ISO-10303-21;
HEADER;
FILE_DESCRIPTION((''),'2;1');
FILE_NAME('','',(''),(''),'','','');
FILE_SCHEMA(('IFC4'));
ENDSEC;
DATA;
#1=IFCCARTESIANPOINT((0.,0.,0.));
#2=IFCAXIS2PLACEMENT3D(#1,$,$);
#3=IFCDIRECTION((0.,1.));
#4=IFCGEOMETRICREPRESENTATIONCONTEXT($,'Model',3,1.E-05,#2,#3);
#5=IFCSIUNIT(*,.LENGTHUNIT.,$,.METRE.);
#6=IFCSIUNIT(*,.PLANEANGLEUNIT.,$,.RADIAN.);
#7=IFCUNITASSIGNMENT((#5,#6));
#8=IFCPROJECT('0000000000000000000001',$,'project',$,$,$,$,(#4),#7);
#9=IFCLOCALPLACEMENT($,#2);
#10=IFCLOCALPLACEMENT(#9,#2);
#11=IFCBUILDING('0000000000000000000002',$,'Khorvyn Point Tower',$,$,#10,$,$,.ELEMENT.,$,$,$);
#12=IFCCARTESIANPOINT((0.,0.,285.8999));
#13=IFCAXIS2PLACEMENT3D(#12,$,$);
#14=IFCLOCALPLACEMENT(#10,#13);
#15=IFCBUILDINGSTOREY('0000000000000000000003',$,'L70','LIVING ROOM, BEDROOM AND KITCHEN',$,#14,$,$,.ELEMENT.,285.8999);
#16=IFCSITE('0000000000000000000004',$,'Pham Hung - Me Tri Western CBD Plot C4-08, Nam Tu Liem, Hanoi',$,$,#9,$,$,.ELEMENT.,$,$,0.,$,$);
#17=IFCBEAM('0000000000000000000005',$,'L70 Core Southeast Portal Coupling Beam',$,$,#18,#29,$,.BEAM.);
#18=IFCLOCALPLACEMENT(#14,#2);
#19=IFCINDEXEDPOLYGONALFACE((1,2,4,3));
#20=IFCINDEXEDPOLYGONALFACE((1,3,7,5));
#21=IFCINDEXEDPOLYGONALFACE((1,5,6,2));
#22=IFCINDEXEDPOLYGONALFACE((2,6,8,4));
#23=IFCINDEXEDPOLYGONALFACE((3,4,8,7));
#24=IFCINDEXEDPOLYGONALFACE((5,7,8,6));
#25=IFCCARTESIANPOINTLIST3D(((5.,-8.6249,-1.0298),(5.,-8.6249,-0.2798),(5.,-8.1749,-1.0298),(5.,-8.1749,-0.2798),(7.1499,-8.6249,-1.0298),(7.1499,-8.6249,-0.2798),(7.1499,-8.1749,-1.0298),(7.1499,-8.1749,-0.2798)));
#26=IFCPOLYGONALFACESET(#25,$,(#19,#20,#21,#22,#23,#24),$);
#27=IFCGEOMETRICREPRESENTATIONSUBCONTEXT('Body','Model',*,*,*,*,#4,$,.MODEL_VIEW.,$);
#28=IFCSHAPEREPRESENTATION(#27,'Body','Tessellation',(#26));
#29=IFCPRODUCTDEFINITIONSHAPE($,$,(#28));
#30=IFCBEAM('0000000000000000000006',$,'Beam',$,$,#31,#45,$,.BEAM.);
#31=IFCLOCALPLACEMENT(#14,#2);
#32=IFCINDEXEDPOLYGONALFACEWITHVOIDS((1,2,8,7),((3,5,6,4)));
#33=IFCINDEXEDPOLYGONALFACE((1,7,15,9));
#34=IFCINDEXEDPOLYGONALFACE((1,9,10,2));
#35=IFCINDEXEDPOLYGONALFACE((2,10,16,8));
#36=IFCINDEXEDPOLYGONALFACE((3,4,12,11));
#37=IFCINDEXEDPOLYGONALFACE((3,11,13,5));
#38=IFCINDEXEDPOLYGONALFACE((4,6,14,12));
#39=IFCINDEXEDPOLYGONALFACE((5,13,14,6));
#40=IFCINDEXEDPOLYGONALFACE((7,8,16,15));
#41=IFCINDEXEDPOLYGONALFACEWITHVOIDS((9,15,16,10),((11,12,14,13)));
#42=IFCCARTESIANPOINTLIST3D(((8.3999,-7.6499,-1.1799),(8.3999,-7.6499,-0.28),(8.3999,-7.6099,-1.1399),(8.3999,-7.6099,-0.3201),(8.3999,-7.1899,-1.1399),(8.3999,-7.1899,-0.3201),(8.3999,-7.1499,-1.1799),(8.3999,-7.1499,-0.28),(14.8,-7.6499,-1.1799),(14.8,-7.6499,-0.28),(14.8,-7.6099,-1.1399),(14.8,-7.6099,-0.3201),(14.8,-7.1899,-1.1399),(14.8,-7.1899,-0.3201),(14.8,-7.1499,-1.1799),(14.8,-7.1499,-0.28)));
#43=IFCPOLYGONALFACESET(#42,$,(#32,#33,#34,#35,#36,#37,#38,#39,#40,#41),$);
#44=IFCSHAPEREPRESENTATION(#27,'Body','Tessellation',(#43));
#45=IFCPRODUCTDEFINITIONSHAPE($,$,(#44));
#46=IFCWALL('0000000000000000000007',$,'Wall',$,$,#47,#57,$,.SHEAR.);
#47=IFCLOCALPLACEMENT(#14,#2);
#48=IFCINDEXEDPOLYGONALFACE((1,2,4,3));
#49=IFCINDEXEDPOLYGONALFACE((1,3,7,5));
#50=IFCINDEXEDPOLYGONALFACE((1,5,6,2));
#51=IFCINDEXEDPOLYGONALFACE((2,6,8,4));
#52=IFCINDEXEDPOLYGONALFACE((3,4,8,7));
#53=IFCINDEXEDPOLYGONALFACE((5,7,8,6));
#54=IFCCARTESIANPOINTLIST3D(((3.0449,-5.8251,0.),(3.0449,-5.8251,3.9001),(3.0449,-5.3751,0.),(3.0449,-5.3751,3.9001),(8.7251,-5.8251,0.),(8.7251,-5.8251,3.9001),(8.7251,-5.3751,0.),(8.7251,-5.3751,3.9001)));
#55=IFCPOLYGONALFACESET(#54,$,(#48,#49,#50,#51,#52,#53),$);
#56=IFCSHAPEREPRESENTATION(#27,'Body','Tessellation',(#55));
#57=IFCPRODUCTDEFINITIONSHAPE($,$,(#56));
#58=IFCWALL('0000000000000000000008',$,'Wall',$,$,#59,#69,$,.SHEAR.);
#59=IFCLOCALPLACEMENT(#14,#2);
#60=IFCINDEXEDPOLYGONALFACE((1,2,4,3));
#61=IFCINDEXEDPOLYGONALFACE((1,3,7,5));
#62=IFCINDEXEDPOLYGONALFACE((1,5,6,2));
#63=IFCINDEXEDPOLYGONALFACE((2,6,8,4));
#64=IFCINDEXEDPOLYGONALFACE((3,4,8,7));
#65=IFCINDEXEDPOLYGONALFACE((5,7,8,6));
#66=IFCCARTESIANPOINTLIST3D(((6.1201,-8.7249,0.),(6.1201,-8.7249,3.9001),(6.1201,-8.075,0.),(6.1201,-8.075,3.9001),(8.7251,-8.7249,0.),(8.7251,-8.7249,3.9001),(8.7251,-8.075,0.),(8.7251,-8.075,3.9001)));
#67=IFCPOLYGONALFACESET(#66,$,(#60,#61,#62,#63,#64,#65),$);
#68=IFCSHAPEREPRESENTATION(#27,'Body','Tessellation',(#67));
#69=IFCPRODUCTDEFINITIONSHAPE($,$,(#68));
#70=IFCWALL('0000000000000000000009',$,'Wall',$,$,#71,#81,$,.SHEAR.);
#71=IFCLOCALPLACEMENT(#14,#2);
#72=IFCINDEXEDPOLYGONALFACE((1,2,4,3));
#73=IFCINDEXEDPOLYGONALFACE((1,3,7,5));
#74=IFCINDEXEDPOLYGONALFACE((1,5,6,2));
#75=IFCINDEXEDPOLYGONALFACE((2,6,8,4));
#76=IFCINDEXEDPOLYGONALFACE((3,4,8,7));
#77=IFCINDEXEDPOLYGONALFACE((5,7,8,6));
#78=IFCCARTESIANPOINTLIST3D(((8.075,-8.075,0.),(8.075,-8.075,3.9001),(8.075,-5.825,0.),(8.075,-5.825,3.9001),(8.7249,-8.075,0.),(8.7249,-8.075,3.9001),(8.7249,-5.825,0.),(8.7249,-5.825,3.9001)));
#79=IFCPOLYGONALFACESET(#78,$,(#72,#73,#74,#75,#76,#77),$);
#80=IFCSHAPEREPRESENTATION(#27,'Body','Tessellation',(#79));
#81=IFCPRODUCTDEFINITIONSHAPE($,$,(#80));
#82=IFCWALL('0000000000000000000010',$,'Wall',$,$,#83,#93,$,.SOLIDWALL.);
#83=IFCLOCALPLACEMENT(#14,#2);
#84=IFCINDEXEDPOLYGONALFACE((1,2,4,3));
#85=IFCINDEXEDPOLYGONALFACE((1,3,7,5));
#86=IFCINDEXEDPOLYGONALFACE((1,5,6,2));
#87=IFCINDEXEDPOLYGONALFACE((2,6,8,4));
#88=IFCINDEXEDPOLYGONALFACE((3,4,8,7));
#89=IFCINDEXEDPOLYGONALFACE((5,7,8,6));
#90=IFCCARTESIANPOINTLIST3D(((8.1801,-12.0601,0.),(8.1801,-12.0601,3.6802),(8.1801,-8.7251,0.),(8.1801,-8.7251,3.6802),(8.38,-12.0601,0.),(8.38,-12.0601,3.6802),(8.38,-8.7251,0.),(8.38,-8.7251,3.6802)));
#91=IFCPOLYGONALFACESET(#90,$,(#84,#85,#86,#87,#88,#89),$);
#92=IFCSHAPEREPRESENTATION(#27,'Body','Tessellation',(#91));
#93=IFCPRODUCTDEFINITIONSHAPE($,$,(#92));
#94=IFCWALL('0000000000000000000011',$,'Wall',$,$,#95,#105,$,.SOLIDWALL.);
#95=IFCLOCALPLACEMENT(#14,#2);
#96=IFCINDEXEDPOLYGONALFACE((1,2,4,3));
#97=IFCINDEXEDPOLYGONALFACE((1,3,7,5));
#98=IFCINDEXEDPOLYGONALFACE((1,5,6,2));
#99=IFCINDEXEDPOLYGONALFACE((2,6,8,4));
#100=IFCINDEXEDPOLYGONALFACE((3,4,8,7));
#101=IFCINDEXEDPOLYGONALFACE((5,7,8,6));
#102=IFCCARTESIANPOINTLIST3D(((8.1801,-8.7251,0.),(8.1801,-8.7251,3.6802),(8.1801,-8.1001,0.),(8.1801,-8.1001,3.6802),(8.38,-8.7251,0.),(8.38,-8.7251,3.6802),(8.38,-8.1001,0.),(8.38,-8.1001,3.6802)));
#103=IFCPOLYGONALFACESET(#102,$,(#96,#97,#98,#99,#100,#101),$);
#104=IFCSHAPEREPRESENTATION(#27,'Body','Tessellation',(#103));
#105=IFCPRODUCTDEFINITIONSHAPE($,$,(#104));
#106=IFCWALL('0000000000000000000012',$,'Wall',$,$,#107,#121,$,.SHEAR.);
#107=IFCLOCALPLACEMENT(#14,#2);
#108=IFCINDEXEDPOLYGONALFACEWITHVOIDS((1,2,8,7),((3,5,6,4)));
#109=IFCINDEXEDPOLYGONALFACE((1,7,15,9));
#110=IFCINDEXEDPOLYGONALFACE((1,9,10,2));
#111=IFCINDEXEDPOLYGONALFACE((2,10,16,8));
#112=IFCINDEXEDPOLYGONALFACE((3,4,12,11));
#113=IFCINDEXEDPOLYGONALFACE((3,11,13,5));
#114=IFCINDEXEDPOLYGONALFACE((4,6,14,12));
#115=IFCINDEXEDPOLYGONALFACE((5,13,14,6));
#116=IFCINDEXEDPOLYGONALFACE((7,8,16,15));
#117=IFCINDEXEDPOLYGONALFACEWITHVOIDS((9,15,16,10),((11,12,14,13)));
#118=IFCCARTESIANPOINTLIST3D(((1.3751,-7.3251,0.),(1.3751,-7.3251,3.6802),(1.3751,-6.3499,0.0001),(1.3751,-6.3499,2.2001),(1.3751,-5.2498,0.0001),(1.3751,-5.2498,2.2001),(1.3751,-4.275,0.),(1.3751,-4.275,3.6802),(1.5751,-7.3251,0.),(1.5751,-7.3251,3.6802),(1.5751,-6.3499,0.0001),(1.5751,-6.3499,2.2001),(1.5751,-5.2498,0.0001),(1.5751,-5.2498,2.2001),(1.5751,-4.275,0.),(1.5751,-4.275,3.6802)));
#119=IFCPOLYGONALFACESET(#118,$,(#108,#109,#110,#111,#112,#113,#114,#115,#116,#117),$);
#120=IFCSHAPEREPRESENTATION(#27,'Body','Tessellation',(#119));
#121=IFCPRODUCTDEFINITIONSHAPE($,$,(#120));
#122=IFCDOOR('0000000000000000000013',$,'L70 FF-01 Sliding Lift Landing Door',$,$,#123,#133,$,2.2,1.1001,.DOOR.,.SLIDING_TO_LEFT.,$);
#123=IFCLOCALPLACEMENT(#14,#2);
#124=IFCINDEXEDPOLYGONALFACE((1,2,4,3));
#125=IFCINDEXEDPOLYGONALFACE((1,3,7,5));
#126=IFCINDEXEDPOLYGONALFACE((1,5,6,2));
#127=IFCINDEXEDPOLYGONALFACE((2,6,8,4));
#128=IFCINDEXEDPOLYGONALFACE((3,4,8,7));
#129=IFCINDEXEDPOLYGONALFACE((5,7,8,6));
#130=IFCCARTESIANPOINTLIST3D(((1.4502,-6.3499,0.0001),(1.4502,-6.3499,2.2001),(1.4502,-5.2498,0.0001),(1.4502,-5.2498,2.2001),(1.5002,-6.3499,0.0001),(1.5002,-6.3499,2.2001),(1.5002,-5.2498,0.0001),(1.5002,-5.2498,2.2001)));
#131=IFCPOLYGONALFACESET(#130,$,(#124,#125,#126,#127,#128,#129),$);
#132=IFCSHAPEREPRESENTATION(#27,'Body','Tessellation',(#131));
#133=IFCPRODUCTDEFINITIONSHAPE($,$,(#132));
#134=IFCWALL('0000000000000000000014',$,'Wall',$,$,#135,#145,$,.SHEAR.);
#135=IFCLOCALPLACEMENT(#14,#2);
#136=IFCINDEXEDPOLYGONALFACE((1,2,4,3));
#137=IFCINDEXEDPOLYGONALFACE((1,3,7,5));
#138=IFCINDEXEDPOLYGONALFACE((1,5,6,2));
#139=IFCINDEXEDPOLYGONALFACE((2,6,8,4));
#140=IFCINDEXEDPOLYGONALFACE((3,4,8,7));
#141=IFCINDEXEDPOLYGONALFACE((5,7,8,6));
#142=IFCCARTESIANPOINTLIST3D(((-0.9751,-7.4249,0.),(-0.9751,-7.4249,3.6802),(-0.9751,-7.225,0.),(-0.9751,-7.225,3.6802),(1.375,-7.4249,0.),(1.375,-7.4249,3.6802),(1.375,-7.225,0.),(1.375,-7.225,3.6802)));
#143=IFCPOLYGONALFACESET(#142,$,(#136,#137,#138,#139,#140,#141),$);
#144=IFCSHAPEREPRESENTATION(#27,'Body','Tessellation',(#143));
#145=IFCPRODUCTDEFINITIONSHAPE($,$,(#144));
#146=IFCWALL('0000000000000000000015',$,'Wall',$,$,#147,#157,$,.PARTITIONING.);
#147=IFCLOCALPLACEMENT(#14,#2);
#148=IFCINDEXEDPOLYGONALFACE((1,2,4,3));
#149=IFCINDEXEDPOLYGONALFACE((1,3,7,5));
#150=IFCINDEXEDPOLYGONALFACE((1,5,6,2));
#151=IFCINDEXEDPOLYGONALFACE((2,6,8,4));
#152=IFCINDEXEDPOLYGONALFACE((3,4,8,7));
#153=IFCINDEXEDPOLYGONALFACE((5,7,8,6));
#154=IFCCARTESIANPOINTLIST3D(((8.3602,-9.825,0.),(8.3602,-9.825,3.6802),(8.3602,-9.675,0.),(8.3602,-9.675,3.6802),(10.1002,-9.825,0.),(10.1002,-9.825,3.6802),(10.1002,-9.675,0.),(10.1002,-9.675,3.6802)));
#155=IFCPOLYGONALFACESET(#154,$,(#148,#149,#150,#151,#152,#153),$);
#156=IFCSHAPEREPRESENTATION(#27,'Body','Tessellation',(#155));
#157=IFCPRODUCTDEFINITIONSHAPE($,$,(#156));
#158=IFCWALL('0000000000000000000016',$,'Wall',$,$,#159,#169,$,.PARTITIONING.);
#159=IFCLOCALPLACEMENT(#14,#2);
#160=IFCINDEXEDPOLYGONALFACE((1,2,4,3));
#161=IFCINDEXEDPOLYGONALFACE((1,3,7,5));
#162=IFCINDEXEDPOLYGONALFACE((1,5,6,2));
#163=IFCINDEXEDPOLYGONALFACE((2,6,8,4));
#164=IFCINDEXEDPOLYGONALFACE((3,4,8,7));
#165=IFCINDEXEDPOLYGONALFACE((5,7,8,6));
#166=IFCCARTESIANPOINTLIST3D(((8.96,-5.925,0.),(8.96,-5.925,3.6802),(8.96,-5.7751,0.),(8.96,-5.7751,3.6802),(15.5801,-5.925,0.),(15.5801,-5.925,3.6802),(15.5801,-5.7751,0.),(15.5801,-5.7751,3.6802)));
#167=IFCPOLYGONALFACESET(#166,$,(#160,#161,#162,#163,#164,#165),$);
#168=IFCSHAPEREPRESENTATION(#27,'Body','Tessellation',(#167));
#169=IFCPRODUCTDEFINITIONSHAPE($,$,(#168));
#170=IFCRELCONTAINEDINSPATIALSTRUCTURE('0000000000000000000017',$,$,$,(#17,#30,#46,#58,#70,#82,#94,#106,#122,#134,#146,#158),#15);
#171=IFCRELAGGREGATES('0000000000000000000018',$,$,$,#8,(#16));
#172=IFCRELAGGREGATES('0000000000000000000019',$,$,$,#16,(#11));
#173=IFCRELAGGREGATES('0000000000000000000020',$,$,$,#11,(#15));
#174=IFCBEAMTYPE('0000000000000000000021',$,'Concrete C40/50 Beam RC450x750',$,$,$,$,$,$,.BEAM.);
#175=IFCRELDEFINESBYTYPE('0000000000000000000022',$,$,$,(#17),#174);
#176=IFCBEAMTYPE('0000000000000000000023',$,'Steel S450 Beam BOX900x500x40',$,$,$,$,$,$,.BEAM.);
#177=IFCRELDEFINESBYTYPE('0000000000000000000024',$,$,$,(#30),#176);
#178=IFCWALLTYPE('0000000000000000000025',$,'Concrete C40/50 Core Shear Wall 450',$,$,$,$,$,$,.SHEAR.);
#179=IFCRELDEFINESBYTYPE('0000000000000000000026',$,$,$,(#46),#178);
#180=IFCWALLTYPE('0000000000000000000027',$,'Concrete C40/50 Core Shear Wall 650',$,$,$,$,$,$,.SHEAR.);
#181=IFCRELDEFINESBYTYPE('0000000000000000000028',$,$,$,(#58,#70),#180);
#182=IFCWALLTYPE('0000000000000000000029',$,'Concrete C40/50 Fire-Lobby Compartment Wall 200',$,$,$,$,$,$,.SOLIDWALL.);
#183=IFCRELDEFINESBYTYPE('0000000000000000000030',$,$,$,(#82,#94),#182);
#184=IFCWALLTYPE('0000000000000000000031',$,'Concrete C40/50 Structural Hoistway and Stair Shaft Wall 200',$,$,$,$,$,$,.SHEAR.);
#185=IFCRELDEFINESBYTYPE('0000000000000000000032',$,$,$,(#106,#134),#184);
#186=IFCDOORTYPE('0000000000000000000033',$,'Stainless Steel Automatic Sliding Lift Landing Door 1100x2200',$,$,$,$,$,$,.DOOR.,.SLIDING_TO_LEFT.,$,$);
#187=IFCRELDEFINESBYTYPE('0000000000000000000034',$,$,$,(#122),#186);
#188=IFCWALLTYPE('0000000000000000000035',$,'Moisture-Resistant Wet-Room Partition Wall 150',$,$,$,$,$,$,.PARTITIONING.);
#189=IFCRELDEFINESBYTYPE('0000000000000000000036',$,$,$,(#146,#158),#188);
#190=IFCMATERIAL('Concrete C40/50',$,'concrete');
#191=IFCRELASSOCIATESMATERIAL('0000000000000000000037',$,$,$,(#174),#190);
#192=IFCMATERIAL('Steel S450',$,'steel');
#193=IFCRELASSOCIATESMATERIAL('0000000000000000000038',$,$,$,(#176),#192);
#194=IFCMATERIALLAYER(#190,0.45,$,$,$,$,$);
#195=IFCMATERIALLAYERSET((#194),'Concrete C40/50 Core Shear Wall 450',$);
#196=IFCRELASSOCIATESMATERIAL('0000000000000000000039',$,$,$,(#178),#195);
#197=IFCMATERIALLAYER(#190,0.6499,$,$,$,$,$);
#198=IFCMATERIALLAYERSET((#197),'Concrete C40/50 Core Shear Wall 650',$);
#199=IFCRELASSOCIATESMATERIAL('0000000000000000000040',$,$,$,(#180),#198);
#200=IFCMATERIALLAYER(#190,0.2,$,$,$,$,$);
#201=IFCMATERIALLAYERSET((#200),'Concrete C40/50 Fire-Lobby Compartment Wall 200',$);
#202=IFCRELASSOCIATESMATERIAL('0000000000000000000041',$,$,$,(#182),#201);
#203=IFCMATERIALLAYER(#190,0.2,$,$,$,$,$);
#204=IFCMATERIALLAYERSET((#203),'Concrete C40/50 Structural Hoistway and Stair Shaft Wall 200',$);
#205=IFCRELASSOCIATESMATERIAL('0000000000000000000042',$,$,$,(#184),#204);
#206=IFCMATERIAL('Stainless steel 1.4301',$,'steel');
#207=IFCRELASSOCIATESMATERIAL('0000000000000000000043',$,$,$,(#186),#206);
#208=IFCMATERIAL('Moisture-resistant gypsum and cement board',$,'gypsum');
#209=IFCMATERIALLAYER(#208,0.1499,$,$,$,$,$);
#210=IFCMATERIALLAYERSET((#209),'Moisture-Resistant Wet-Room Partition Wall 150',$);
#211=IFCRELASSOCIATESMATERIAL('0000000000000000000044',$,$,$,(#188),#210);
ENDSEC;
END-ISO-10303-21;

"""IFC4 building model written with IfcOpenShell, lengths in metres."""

from ifc_helpers import new_model, si_unit, direction, frame, frame_2d, origin, origin_2d, place, context, subcontext, project, spatial, rectangle, hollow_rectangle, extrude, material, layer, layer_set, material_profile, profile_set, type_object, element, fill, save


model = new_model("IFC4")

# Units and contexts
model_context = context("Model", 3, precision=1e-05, world=origin(), true_north=direction((0.0, 1.0)))
body_context = subcontext(model_context, "Body", "Model", "MODEL_VIEW")
ifc_project = project(units=[si_unit("LENGTHUNIT", "METRE"), si_unit("PLANEANGLEUNIT", "RADIAN")], contexts=[model_context])

# Site, building, storey
site_placement = place(None, origin())
site = spatial("IfcSite", under=ifc_project, at=site_placement, Name="Pham Hung - Me Tri Western CBD Plot C4-08, Nam Tu Liem, Hanoi", CompositionType="ELEMENT", RefElevation=0.0)
building_placement = place(site_placement, origin())
building = spatial("IfcBuilding", under=site, at=building_placement, Name="Khorvyn Point Tower", CompositionType="ELEMENT")
storey_placement = place(building_placement, frame((0.0, 0.0, 285.8999)))
storey = spatial("IfcBuildingStorey", under=building, at=storey_placement, Name="L70", Description="LIVING ROOM, BEDROOM AND KITCHEN", CompositionType="ELEMENT", Elevation=285.8999)

# Beams
ifc_material_1 = material(Name="Concrete C40/50", Category="concrete")
ifc_material_profile_1 = material_profile(ifc_material_1, rectangle(XDim=0.45, YDim=0.75, at=origin_2d()))
ifc_profile_set_1 = profile_set([ifc_material_profile_1], Name="Concrete C40/50 RC450x750")
beam_type_1 = type_object("IfcBeamType", Name="Concrete C40/50 Beam RC450x750", PredefinedType="BEAM", material=ifc_profile_set_1)
beam_1_placement = place(storey_placement, frame((5.0, -8.3999, -0.6548), z_axis=(1.0, 0.0, 0.0), x_axis=(0.0, 1.0, 0.0)))
element("IfcBeam", 1, at=beam_1_placement, inside=storey, type_object=beam_type_1, Name="L70 Core Southeast Portal Coupling Beam", PredefinedType="BEAM", context=body_context, shape_type="SweptSolid", body=[
    extrude(rectangle(XDim=0.45, YDim=0.75, at=origin_2d()), origin(), (0.0, 0.0, 1.0), 2.1499),
])
ifc_material_2 = material(Name="Steel S450", Category="steel")
ifc_material_profile_2 = material_profile(ifc_material_2, hollow_rectangle(XDim=0.5, YDim=0.8999, WallThickness=0.04, at=origin_2d()))
ifc_profile_set_2 = profile_set([ifc_material_profile_2], Name="Steel S450 BOX900x500x40")
beam_type_2 = type_object("IfcBeamType", Name="Steel S450 Beam BOX900x500x40", PredefinedType="BEAM", material=ifc_profile_set_2)
beam_2_placement = place(storey_placement, frame((8.3999, -7.3999, -0.73), z_axis=(1.0, 0.0, 0.0), x_axis=(0.0, 1.0, 0.0)))
element("IfcBeam", 2, at=beam_2_placement, inside=storey, type_object=beam_type_2, Name="Beam", PredefinedType="BEAM", context=body_context, shape_type="SweptSolid", body=[
    extrude(hollow_rectangle(XDim=0.5, YDim=0.8999, WallThickness=0.04, at=origin_2d()), origin(), (0.0, 0.0, 1.0), 6.4001),
])

# Walls
ifc_layer_1 = layer(ifc_material_1, 0.45)
ifc_layer_set_1 = layer_set([ifc_layer_1], Name="Concrete C40/50 Core Shear Wall 450")
wall_type_1 = type_object("IfcWallType", Name="Concrete C40/50 Core Shear Wall 450", PredefinedType="SHEAR", material=ifc_layer_set_1)
wall_1_placement = place(storey_placement, frame((3.0449, -5.6001, 0.0), z_axis=(0.0, 0.0, 1.0), x_axis=(1.0, 0.0, 0.0)))
element("IfcWall", 3, at=wall_1_placement, inside=storey, type_object=wall_type_1, Name="Wall", PredefinedType="SHEAR", context=body_context, shape_type="SweptSolid", body=[
    extrude(rectangle(XDim=5.6802, YDim=0.45, at=frame_2d((2.8401, 0.0))), origin(), (0.0, 0.0, 1.0), 3.9001),
])
ifc_layer_2 = layer(ifc_material_1, 0.6499)
ifc_layer_set_2 = layer_set([ifc_layer_2], Name="Concrete C40/50 Core Shear Wall 650")
wall_type_2 = type_object("IfcWallType", Name="Concrete C40/50 Core Shear Wall 650", PredefinedType="SHEAR", material=ifc_layer_set_2)
wall_2_placement = place(storey_placement, frame((6.1201, -8.3999, 0.0), z_axis=(0.0, 0.0, 1.0), x_axis=(1.0, 0.0, 0.0)))
element("IfcWall", 4, at=wall_2_placement, inside=storey, type_object=wall_type_2, Name="Wall", PredefinedType="SHEAR", context=body_context, shape_type="SweptSolid", body=[
    extrude(rectangle(XDim=2.605, YDim=0.6499, at=frame_2d((1.3025, 0.0))), origin(), (0.0, 0.0, 1.0), 3.9001),
])
wall_3_placement = place(storey_placement, frame((8.3999, -8.075, 0.0), z_axis=(0.0, 0.0, 1.0), x_axis=(0.0, 1.0, 0.0)))
element("IfcWall", 5, at=wall_3_placement, inside=storey, type_object=wall_type_2, Name="Wall", PredefinedType="SHEAR", context=body_context, shape_type="SweptSolid", body=[
    extrude(rectangle(XDim=2.25, YDim=0.6499, at=frame_2d((1.125, 0.0))), origin(), (0.0, 0.0, 1.0), 3.9001),
])

# Shared definitions
ifc_layer_3 = layer(ifc_material_1, 0.2)
ifc_layer_set_3 = layer_set([ifc_layer_3], Name="Concrete C40/50 Fire-Lobby Compartment Wall 200")
wall_type_3 = type_object("IfcWallType", Name="Concrete C40/50 Fire-Lobby Compartment Wall 200", PredefinedType="SOLIDWALL", material=ifc_layer_set_3)

# Walls
wall_4_placement = place(storey_placement, frame((8.28, -12.0601, 0.0), z_axis=(0.0, 0.0, 1.0), x_axis=(0.0, 1.0, 0.0)))
element("IfcWall", 6, at=wall_4_placement, inside=storey, type_object=wall_type_3, Name="Wall", PredefinedType="SOLIDWALL", context=body_context, shape_type="SweptSolid", body=[
    extrude(rectangle(XDim=3.335, YDim=0.2, at=frame_2d((1.6675, 0.0))), origin(), (0.0, 0.0, 1.0), 3.6802),
])
wall_5_placement = place(storey_placement, frame((8.28, -8.7251, 0.0), z_axis=(0.0, 0.0, 1.0), x_axis=(0.0, 1.0, 0.0)))
element("IfcWall", 7, at=wall_5_placement, inside=storey, type_object=wall_type_3, Name="Wall", PredefinedType="SOLIDWALL", context=body_context, shape_type="SweptSolid", body=[
    extrude(rectangle(XDim=0.625, YDim=0.2, at=frame_2d((0.3125, 0.0))), origin(), (0.0, 0.0, 1.0), 3.6802),
])

# Wall, opening, door
ifc_layer_4 = layer(ifc_material_1, 0.2)
ifc_layer_set_4 = layer_set([ifc_layer_4], Name="Concrete C40/50 Structural Hoistway and Stair Shaft Wall 200")
wall_type_4 = type_object("IfcWallType", Name="Concrete C40/50 Structural Hoistway and Stair Shaft Wall 200", PredefinedType="SHEAR", material=ifc_layer_set_4)
wall_6_placement = place(storey_placement, frame((1.4751, -7.325, 0.0), z_axis=(0.0, 0.0, 1.0), x_axis=(0.0, 1.0, 0.0)))
wall_6 = element("IfcWall", 8, at=wall_6_placement, inside=storey, type_object=wall_type_4, Name="Wall", PredefinedType="SHEAR", context=body_context, shape_type="SweptSolid", body=[
    extrude(rectangle(XDim=3.05, YDim=0.2, at=frame_2d((1.5249, 0.0))), origin(), (0.0, 0.0, 1.0), 3.6802),
])
opening_1_placement = place(wall_6_placement, frame((0.9751, 0.0, 0.0)))
opening_1 = element("IfcOpeningElement", 9, at=opening_1_placement, cuts=wall_6, PredefinedType="OPENING", context=body_context, shape_type="SweptSolid", body=[
    extrude(rectangle(XDim=1.1001, YDim=2.2, at=frame_2d((0.55, 1.1001))), frame((0.0, 0.1099, 0.0), z_axis=(0.0, -1.0, 0.0), x_axis=(1.0, 0.0, 0.0)), (0.0, 0.0, 1.0), 0.22),
])
ifc_material_3 = material(Name="Stainless steel 1.4301", Category="steel")
door_type_1 = type_object("IfcDoorType", Name="Stainless Steel Automatic Sliding Lift Landing Door 1100x2200", OperationType="SLIDING_TO_LEFT", PredefinedType="DOOR", material=ifc_material_3)
door_1_placement = place(opening_1_placement, origin())
door_1 = element("IfcDoor", 10, at=door_1_placement, inside=storey, type_object=door_type_1, Name="L70 FF-01 Sliding Lift Landing Door", OperationType="SLIDING_TO_LEFT", OverallHeight=2.2, OverallWidth=1.1001, PredefinedType="DOOR", context=body_context, shape_type="SweptSolid", body=[
    extrude(rectangle(XDim=1.1001, YDim=2.2, at=frame_2d((0.55, 1.1001))), frame((0.0, 0.0249, 0.0), z_axis=(0.0, -1.0, 0.0), x_axis=(1.0, 0.0, 0.0)), (0.0, 0.0, 1.0), 0.05),
])
fill(opening_1, door_1)

# Walls
wall_7_placement = place(storey_placement, frame((-0.9751, -7.325, 0.0), z_axis=(0.0, 0.0, 1.0), x_axis=(1.0, 0.0, 0.0)))
element("IfcWall", 11, at=wall_7_placement, inside=storey, type_object=wall_type_4, Name="Wall", PredefinedType="SHEAR", context=body_context, shape_type="SweptSolid", body=[
    extrude(rectangle(XDim=2.3501, YDim=0.2, at=frame_2d((1.175, 0.0))), origin(), (0.0, 0.0, 1.0), 3.6802),
])
ifc_material_4 = material(Name="Moisture-resistant gypsum and cement board", Category="gypsum")
ifc_layer_5 = layer(ifc_material_4, 0.1499)
ifc_layer_set_5 = layer_set([ifc_layer_5], Name="Moisture-Resistant Wet-Room Partition Wall 150")
wall_type_5 = type_object("IfcWallType", Name="Moisture-Resistant Wet-Room Partition Wall 150", PredefinedType="PARTITIONING", material=ifc_layer_set_5)
wall_8_placement = place(storey_placement, frame((8.3601, -9.75, 0.0), z_axis=(0.0, 0.0, 1.0), x_axis=(1.0, 0.0, 0.0)))
element("IfcWall", 12, at=wall_8_placement, inside=storey, type_object=wall_type_5, Name="Wall", PredefinedType="PARTITIONING", context=body_context, shape_type="SweptSolid", body=[
    extrude(rectangle(XDim=1.74, YDim=0.1499, at=frame_2d((0.8701, 0.0))), origin(), (0.0, 0.0, 1.0), 3.6802),
])
wall_9_placement = place(storey_placement, frame((8.96, -5.8501, 0.0), z_axis=(0.0, 0.0, 1.0), x_axis=(1.0, 0.0, 0.0)))
element("IfcWall", 13, at=wall_9_placement, inside=storey, type_object=wall_type_5, Name="Wall", PredefinedType="PARTITIONING", context=body_context, shape_type="SweptSolid", body=[
    extrude(rectangle(XDim=6.6201, YDim=0.1499, at=frame_2d((3.3101, 0.0))), origin(), (0.0, 0.0, 1.0), 3.6802),
])

save(model, "model.ifc")
